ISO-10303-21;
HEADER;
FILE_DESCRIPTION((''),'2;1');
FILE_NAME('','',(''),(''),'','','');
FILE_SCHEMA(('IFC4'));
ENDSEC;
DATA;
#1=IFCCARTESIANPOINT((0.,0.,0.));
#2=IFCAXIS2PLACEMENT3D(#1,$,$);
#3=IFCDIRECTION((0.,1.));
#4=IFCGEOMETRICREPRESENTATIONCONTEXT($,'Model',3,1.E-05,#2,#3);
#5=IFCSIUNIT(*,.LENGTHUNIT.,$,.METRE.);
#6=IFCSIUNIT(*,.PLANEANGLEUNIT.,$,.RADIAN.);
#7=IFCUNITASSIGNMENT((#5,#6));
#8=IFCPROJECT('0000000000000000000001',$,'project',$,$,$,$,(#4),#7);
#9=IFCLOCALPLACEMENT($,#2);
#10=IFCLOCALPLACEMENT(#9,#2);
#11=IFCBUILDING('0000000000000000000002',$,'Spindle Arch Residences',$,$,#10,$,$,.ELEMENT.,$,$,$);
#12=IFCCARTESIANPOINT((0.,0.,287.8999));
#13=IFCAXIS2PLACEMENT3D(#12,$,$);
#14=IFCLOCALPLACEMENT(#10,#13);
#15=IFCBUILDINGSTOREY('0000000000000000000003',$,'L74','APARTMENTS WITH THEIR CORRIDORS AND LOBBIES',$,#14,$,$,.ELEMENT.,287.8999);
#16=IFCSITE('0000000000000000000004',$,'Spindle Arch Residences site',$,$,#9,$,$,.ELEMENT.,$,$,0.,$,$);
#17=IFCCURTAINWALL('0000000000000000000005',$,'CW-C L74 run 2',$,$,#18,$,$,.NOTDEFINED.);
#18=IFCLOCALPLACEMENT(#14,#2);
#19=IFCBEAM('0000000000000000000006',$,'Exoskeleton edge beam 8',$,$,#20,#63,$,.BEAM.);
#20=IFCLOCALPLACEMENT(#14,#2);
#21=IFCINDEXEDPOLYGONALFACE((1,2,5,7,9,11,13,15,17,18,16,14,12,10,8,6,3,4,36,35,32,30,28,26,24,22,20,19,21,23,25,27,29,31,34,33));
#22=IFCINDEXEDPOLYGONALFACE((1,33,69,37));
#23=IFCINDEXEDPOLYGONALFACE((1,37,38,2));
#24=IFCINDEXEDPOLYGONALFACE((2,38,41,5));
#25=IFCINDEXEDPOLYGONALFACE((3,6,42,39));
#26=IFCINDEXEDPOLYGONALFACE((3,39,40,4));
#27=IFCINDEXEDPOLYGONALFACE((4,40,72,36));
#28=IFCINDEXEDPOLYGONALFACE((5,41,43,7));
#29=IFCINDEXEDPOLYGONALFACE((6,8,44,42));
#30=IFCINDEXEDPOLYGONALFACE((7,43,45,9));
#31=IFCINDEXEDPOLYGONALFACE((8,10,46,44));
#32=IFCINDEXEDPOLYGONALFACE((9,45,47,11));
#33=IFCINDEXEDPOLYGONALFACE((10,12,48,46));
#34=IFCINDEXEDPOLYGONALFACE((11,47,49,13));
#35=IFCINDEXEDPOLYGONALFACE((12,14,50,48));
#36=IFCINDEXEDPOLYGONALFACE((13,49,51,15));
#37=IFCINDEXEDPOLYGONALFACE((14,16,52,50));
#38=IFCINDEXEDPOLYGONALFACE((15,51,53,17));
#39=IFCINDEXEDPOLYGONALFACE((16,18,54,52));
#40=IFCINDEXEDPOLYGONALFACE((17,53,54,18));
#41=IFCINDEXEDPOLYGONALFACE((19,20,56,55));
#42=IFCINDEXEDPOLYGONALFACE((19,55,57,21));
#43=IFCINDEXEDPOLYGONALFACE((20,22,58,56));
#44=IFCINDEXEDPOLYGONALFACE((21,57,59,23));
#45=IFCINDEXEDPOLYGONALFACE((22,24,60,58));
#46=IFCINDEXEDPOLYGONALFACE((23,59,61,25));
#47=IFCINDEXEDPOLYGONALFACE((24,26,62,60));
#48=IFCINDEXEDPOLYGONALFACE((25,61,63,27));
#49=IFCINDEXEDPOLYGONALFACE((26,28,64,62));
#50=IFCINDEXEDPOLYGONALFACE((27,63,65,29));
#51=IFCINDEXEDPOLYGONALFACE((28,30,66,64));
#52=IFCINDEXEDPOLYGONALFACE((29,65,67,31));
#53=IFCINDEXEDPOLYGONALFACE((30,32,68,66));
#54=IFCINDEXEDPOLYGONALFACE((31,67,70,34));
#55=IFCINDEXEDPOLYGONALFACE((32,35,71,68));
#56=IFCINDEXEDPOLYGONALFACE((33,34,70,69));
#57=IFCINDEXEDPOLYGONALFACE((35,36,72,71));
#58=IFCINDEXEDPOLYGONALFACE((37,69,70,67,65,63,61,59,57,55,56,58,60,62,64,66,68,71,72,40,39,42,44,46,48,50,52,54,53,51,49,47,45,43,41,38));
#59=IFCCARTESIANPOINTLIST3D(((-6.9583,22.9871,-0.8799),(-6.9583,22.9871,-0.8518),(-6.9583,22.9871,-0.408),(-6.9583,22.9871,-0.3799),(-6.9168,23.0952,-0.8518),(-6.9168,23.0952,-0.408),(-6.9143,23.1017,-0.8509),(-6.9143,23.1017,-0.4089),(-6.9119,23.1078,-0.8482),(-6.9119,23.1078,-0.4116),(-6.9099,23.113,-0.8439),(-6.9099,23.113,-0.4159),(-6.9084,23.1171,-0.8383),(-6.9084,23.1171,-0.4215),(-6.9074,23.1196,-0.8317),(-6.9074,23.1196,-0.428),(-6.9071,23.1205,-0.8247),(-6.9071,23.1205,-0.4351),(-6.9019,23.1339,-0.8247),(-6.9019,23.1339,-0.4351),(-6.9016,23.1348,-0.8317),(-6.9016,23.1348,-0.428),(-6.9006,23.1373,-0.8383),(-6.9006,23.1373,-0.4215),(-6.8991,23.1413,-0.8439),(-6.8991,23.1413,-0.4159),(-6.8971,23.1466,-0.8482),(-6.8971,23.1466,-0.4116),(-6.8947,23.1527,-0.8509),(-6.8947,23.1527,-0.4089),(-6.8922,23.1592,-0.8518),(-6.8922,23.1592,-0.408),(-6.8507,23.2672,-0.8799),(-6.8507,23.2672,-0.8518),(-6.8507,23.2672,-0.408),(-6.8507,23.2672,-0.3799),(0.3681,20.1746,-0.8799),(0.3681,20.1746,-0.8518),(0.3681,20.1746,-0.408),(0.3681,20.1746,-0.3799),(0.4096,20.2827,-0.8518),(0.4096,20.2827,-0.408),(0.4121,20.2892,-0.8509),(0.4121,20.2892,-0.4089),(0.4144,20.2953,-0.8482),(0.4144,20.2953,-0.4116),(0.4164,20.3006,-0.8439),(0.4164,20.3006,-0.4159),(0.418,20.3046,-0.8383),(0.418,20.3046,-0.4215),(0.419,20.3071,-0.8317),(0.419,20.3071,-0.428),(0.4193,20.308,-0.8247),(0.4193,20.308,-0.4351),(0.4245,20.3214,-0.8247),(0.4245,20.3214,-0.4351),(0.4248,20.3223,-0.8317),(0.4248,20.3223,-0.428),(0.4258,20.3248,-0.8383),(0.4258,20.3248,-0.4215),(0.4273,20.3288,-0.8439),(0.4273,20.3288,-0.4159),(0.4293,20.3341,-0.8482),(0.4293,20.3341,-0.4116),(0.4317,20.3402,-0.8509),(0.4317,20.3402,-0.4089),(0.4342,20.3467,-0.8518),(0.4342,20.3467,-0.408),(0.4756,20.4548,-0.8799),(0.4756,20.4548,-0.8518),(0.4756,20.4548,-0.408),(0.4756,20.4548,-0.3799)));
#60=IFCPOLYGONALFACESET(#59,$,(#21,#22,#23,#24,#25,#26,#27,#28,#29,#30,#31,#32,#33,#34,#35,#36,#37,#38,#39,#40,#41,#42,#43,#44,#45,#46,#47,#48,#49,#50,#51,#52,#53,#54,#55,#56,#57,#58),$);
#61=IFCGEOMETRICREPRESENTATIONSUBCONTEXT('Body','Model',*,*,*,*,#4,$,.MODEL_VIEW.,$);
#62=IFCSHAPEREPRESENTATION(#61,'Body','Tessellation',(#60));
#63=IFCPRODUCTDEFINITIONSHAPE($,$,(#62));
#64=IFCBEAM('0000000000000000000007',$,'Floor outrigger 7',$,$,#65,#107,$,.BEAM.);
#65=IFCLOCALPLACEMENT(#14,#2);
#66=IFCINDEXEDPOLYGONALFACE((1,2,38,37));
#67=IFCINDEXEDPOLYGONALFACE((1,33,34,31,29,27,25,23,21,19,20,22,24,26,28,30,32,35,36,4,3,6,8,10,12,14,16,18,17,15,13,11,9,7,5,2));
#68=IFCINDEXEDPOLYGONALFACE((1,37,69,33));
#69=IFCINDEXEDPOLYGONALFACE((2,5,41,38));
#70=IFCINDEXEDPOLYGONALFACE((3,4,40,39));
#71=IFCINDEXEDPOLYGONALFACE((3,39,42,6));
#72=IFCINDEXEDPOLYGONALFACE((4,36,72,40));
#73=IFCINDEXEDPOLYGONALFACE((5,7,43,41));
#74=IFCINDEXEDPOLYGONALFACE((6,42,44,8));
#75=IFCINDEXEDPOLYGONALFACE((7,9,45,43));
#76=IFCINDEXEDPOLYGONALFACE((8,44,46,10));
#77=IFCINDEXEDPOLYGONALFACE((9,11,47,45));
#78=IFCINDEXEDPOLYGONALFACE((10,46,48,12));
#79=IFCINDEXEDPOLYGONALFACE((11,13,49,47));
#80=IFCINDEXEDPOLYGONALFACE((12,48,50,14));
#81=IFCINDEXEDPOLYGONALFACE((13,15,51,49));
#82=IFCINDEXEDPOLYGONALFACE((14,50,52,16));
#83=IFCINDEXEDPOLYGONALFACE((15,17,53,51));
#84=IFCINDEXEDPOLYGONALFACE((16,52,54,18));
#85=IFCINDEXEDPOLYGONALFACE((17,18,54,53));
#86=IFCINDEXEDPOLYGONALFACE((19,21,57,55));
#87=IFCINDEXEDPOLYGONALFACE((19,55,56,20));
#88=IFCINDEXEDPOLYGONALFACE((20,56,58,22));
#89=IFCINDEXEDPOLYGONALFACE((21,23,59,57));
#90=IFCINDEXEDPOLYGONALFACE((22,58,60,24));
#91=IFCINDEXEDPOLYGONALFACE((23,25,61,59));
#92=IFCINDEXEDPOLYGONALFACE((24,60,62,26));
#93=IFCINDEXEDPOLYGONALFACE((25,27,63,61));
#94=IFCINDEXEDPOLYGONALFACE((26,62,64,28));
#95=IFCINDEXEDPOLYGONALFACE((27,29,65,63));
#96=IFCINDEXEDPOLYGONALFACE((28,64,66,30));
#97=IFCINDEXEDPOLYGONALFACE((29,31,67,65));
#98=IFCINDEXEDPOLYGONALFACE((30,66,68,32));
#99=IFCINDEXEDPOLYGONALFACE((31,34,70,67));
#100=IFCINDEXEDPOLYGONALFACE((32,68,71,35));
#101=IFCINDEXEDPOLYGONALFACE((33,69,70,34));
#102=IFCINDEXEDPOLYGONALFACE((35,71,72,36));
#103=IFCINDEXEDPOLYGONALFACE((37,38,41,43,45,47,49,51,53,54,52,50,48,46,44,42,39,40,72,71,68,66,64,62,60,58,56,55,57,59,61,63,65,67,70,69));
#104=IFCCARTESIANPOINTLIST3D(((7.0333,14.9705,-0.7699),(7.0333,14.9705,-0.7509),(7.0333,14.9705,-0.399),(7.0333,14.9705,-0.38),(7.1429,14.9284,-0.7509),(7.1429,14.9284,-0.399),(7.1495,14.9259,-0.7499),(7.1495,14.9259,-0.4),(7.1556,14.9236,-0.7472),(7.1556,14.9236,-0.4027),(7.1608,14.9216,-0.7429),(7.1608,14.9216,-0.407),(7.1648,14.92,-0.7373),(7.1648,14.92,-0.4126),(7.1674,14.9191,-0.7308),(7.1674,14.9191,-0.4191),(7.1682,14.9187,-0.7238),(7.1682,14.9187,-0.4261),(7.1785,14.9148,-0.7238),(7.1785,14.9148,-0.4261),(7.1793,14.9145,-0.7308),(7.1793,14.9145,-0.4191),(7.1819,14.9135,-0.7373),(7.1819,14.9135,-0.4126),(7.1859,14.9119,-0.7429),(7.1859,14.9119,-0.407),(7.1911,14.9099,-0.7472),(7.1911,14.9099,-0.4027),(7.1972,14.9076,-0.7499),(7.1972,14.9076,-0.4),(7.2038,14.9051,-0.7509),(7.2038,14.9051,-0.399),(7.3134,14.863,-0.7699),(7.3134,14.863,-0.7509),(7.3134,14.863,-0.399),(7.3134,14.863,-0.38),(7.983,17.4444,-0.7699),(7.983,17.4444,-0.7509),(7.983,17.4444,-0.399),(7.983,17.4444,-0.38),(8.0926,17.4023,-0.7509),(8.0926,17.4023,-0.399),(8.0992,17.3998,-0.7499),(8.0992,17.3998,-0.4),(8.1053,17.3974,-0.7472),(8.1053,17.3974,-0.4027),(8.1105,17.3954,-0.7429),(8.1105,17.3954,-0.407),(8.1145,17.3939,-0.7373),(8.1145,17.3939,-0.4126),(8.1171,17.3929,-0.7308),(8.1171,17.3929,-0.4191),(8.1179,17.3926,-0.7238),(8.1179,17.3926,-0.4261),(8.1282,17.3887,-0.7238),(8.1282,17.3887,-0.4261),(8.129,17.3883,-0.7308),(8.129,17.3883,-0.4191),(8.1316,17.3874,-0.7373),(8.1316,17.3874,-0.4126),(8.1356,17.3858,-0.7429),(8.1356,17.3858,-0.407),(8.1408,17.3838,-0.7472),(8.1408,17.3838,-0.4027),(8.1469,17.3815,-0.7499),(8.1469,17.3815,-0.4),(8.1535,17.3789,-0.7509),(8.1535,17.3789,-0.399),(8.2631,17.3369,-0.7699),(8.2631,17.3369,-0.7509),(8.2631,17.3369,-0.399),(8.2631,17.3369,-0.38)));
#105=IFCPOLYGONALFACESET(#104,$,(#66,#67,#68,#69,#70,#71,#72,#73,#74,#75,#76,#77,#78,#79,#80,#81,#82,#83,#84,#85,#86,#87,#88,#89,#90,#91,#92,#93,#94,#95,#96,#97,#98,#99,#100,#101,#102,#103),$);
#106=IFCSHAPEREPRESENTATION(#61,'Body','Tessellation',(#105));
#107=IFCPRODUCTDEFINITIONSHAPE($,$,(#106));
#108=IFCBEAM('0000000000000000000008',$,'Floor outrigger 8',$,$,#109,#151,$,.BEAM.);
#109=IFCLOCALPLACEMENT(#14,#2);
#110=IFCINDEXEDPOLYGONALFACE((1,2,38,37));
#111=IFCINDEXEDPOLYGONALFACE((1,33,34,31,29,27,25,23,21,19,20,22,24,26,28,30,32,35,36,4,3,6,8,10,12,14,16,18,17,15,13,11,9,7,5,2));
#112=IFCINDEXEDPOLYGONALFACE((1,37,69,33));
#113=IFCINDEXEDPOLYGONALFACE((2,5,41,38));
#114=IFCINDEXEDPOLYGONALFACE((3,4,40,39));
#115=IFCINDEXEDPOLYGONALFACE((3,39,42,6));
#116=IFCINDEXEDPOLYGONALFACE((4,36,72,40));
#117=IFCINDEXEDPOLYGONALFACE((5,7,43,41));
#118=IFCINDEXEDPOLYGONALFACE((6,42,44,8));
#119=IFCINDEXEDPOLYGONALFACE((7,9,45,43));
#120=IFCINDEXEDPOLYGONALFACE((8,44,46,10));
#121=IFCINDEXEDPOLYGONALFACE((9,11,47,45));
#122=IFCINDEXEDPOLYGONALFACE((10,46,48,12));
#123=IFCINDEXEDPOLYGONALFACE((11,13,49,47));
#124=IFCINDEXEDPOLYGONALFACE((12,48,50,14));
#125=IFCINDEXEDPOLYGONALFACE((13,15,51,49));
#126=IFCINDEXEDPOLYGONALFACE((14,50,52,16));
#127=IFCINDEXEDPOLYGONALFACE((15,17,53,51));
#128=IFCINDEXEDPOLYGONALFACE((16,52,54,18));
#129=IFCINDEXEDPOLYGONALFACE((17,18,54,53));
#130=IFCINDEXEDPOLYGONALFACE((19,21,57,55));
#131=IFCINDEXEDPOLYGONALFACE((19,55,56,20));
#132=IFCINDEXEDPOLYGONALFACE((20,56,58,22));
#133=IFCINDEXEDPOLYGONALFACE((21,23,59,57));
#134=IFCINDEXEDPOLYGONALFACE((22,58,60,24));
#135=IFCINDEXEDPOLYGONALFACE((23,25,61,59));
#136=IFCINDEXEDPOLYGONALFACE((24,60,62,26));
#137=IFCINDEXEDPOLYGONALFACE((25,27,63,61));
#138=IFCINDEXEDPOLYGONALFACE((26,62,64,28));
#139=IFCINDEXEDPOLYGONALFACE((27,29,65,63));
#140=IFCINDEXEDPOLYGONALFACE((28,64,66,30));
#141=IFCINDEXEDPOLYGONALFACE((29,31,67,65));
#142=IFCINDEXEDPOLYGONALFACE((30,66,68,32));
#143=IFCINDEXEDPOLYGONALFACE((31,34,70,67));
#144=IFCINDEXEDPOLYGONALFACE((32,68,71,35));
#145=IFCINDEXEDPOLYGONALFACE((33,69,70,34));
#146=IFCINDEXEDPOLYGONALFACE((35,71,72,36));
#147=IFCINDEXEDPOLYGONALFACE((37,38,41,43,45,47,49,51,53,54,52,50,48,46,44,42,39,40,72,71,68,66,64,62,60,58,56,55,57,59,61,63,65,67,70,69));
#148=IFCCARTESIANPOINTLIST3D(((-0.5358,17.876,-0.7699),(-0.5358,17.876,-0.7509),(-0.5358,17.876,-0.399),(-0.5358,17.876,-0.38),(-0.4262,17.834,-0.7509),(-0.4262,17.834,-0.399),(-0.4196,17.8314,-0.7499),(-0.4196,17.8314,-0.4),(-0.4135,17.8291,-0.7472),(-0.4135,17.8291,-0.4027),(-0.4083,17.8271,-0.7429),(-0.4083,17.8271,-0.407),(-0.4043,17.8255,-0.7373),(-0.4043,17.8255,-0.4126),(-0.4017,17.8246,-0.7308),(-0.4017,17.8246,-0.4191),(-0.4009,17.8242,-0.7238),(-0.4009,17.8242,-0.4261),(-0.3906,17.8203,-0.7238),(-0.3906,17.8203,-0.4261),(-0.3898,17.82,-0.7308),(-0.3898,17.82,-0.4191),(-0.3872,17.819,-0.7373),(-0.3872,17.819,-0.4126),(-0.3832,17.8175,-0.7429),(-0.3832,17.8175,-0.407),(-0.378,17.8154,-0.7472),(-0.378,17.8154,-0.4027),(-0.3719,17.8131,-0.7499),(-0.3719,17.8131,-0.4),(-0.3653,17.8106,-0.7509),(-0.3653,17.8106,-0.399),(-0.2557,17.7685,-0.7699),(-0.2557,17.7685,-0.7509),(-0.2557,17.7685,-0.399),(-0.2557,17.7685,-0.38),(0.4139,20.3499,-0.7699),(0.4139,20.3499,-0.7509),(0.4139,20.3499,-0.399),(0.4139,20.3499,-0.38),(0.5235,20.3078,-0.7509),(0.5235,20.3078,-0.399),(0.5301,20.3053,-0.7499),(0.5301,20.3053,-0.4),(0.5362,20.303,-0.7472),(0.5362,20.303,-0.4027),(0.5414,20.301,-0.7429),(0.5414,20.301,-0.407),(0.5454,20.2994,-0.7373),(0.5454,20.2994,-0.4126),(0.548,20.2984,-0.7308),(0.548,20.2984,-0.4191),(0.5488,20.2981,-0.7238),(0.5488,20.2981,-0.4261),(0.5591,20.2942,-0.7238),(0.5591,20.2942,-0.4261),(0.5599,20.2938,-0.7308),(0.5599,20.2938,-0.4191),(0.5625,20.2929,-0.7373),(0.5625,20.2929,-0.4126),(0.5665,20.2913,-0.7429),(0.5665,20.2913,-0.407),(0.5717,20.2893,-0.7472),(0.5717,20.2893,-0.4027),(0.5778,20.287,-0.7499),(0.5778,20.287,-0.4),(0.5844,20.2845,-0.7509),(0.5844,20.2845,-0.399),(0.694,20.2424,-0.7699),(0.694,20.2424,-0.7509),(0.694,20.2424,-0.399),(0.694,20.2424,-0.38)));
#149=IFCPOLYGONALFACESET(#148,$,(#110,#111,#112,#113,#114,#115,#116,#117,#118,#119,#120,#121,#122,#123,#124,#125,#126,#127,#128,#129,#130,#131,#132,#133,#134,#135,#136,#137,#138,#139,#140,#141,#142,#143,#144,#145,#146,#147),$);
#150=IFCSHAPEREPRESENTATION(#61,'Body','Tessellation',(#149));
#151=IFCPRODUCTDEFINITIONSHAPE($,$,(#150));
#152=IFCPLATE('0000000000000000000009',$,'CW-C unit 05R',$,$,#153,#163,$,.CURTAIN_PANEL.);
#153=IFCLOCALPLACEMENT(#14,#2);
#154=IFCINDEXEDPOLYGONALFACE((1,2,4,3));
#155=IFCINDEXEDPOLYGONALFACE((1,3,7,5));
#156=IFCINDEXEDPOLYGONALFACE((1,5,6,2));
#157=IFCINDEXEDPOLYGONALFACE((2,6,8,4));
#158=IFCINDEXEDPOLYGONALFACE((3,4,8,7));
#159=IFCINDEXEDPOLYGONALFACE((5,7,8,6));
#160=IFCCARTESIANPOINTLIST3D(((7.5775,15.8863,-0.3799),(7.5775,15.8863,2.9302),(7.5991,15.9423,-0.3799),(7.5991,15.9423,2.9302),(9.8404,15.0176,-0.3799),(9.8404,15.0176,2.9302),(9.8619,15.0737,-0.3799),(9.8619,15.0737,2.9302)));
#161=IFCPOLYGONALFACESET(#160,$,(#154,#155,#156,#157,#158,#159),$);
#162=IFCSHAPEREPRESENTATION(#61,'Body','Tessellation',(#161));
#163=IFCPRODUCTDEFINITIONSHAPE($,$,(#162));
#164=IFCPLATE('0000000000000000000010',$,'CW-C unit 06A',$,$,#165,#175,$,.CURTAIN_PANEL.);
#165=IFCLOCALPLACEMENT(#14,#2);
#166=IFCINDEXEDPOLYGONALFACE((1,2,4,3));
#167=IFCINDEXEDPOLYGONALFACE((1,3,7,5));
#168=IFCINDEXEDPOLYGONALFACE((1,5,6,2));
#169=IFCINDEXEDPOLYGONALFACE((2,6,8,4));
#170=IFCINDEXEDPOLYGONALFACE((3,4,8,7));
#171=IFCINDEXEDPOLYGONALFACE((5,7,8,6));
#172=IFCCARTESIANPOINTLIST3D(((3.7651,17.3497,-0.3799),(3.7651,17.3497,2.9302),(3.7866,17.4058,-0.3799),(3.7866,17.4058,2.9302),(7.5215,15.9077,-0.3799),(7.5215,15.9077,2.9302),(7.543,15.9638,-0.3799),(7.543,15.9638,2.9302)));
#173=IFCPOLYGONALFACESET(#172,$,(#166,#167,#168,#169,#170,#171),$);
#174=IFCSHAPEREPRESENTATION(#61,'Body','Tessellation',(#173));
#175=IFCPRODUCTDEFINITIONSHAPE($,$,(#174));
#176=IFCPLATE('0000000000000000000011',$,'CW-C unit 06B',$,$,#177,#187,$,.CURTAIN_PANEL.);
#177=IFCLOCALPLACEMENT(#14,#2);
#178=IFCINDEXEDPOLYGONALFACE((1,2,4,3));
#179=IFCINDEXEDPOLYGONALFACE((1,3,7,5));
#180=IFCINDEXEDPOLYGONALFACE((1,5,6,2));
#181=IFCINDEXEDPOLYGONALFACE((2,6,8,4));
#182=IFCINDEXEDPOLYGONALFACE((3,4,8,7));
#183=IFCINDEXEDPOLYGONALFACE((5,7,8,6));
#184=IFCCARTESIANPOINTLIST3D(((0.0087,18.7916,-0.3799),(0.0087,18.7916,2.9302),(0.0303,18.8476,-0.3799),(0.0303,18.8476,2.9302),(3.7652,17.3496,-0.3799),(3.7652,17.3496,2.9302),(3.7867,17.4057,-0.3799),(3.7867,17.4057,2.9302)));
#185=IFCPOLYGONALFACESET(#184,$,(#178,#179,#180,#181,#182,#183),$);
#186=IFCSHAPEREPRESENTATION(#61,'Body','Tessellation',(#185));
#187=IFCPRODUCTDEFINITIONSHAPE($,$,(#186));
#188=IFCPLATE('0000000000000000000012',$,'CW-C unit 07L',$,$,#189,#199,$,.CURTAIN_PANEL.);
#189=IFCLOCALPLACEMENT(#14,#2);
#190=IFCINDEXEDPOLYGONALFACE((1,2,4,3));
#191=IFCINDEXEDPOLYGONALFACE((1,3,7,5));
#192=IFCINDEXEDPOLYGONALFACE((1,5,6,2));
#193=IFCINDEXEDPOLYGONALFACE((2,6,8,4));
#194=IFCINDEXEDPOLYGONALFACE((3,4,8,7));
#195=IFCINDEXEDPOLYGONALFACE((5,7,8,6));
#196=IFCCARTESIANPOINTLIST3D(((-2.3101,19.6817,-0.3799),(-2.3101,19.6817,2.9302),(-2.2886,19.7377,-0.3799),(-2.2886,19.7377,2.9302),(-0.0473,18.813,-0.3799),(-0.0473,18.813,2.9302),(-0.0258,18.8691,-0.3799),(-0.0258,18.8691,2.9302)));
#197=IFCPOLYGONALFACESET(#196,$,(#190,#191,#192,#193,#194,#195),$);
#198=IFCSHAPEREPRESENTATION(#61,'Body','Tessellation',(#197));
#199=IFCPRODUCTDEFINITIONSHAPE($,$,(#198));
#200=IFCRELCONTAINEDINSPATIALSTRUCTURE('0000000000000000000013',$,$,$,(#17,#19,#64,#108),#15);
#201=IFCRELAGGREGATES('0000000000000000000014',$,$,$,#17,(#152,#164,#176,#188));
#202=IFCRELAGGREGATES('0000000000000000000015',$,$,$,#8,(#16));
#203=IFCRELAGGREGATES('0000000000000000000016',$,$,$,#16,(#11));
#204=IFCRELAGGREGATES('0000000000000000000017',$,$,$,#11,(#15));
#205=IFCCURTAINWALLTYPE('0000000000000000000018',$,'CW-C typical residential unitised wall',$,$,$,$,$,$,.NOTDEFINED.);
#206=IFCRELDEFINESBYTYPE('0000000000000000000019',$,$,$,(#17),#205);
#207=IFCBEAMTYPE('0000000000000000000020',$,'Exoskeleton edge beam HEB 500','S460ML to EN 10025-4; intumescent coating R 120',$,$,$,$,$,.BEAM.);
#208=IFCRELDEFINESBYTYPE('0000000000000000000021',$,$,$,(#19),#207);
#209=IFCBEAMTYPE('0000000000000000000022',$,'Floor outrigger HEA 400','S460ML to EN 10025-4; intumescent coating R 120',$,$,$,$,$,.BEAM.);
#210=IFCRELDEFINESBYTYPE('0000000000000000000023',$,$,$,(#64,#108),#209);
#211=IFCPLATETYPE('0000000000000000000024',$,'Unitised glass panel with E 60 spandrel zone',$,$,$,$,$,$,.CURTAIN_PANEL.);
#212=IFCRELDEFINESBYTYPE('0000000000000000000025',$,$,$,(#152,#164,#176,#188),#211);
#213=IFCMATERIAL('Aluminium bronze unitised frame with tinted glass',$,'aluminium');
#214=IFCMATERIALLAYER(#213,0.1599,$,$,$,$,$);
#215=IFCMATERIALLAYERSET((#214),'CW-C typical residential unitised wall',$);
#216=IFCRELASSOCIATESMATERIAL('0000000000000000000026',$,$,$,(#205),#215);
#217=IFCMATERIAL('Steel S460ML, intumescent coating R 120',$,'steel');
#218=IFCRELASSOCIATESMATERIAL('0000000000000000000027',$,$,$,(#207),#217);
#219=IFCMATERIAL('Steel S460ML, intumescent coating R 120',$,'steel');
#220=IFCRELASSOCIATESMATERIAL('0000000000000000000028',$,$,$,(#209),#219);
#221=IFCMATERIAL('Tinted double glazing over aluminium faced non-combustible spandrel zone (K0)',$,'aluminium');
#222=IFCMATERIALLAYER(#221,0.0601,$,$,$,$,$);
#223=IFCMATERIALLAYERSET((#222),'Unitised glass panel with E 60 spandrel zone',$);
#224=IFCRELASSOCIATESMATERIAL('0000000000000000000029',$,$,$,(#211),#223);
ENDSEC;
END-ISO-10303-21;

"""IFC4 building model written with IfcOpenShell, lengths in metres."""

from ifc_helpers import new_model, si_unit, direction, frame, origin, origin_2d, place, context, subcontext, project, spatial, rectangle, i_section, extrude, material, layer, layer_set, material_profile, profile_set, type_object, element, aggregate, save


model = new_model("IFC4")

# Units and contexts
model_context = context("Model", 3, precision=1e-05, world=origin(), true_north=direction((0.0, 1.0)))
body_context = subcontext(model_context, "Body", "Model", "MODEL_VIEW")
ifc_project = project(units=[si_unit("LENGTHUNIT", "METRE"), si_unit("PLANEANGLEUNIT", "RADIAN")], contexts=[model_context])

# Site, building, storey
site_placement = place(None, origin())
site = spatial("IfcSite", under=ifc_project, at=site_placement, Name="Spindle Arch Residences site", CompositionType="ELEMENT", RefElevation=0.0)
building_placement = place(site_placement, origin())
building = spatial("IfcBuilding", under=site, at=building_placement, Name="Spindle Arch Residences", CompositionType="ELEMENT")
storey_placement = place(building_placement, frame((0.0, 0.0, 287.8999)))
storey = spatial("IfcBuildingStorey", under=building, at=storey_placement, Name="L74", Description="APARTMENTS WITH THEIR CORRIDORS AND LOBBIES", CompositionType="ELEMENT", Elevation=287.8999)

# Curtain wall
ifc_material_1 = material(Name="Aluminium bronze unitised frame with tinted glass", Category="aluminium")
ifc_layer_1 = layer(ifc_material_1, 0.1599)
ifc_layer_set_1 = layer_set([ifc_layer_1], Name="CW-C typical residential unitised wall")
curtain_wall_type = type_object("IfcCurtainWallType", Name="CW-C typical residential unitised wall", PredefinedType="NOTDEFINED", material=ifc_layer_set_1)
curtain_wall_placement = place(storey_placement, origin())
curtain_wall = element("IfcCurtainWall", 1, at=curtain_wall_placement, inside=storey, type_object=curtain_wall_type, Name="CW-C L74 run 2", PredefinedType="NOTDEFINED")

# Beams
ifc_material_2 = material(Name="Steel S460ML, intumescent coating R 120", Category="steel")
ifc_material_profile_1 = material_profile(ifc_material_2, i_section(OverallWidth=0.3, OverallDepth=0.5, WebThickness=0.0144, FlangeThickness=0.0281, FilletRadius=0.0271, at=origin_2d()), Name="HEB 500")
ifc_profile_set_1 = profile_set([ifc_material_profile_1], Name="Steel S460ML, intumescent coating R 120")
beam_type_1 = type_object("IfcBeamType", Name="Exoskeleton edge beam HEB 500", Description="S460ML to EN 10025-4; intumescent coating R 120", PredefinedType="BEAM", material=ifc_profile_set_1)
for number, where, z_axis, x_axis, name in (
    (2, (0.4219, 20.3147, -0.6299), (-0.933574, 0.358385, 0.0), (-0.358385, -0.933574, 0.0), "Exoskeleton edge beam 8"),
):
    element("IfcBeam", number, at=place(storey_placement, frame(where, z_axis=z_axis, x_axis=x_axis)), inside=storey, type_object=beam_type_1, Name=name, PredefinedType="BEAM", context=body_context, shape_type="SweptSolid", body=[
        extrude(i_section(OverallWidth=0.3, OverallDepth=0.5, WebThickness=0.0144, FlangeThickness=0.0281, FilletRadius=0.0271, at=origin_2d()), origin(), (0.0, 0.0, 1.0), 7.8477),
    ])
ifc_material_3 = material(Name="Steel S460ML, intumescent coating R 120", Category="steel")
ifc_material_profile_2 = material_profile(ifc_material_3, i_section(OverallWidth=0.3, OverallDepth=0.3899, WebThickness=0.011, FlangeThickness=0.019, FilletRadius=0.0271, at=origin_2d()), Name="HEA 400")
ifc_profile_set_2 = profile_set([ifc_material_profile_2], Name="Steel S460ML, intumescent coating R 120")
beam_type_2 = type_object("IfcBeamType", Name="Floor outrigger HEA 400", Description="S460ML to EN 10025-4; intumescent coating R 120", PredefinedType="BEAM", material=ifc_profile_set_2)
for number, where, z_axis, x_axis, name in (
    (3, (8.123, 17.3906, -0.575), (-0.358392, -0.933571, 0.0), (0.933571, -0.358392, 0.0), "Floor outrigger 7"),
    (4, (0.554, 20.2961, -0.575), (-0.358392, -0.933571, 0.0), (0.933571, -0.358392, 0.0), "Floor outrigger 8"),
):
    element("IfcBeam", number, at=place(storey_placement, frame(where, z_axis=z_axis, x_axis=x_axis)), inside=storey, type_object=beam_type_2, Name=name, PredefinedType="BEAM", context=body_context, shape_type="SweptSolid", body=[
        extrude(i_section(OverallWidth=0.3, OverallDepth=0.3899, WebThickness=0.011, FlangeThickness=0.019, FilletRadius=0.0271, at=origin_2d()), origin(), (0.0, 0.0, 1.0), 2.6499),
    ])

# Plates
ifc_material_4 = material(Name="Tinted double glazing over aluminium faced non-combustible spandrel zone (K0)", Category="aluminium")
ifc_layer_2 = layer(ifc_material_4, 0.0601)
ifc_layer_set_2 = layer_set([ifc_layer_2], Name="Unitised glass panel with E 60 spandrel zone")
plate_type = type_object("IfcPlateType", Name="Unitised glass panel with E 60 spandrel zone", PredefinedType="CURTAIN_PANEL", material=ifc_layer_set_2)
plate_1_placement = place(storey_placement, frame((8.7197, 15.48, -0.3799), z_axis=(0.0, 0.0, 1.0), x_axis=(-0.93358, 0.358368, 0.0)))
plate_1 = element("IfcPlate", 5, at=plate_1_placement, type_object=plate_type, Name="CW-C unit 05R", PredefinedType="CURTAIN_PANEL", context=body_context, shape_type="SweptSolid", body=[
    extrude(rectangle(XDim=2.4238, YDim=0.0601, at=origin_2d()), origin(), (0.0, 0.0, 1.0), 3.3101),
])
plate_2_placement = place(storey_placement, frame((5.6541, 16.6567, -0.3799), z_axis=(0.0, 0.0, 1.0), x_axis=(-0.93358, 0.358368, 0.0)))
plate_2 = element("IfcPlate", 6, at=plate_2_placement, type_object=plate_type, Name="CW-C unit 06A", PredefinedType="CURTAIN_PANEL", context=body_context, shape_type="SweptSolid", body=[
    extrude(rectangle(XDim=4.0237, YDim=0.0601, at=origin_2d()), origin(), (0.0, 0.0, 1.0), 3.3101),
])
plate_3_placement = place(storey_placement, frame((1.8977, 18.0986, -0.3799), z_axis=(0.0, 0.0, 1.0), x_axis=(-0.93358, 0.358368, 0.0)))
plate_3 = element("IfcPlate", 7, at=plate_3_placement, type_object=plate_type, Name="CW-C unit 06B", PredefinedType="CURTAIN_PANEL", context=body_context, shape_type="SweptSolid", body=[
    extrude(rectangle(XDim=4.0237, YDim=0.0601, at=origin_2d()), origin(), (0.0, 0.0, 1.0), 3.3101),
])
plate_4_placement = place(storey_placement, frame((-1.168, 19.2754, -0.3799), z_axis=(0.0, 0.0, 1.0), x_axis=(-0.93358, 0.358368, 0.0)))
plate_4 = element("IfcPlate", 8, at=plate_4_placement, type_object=plate_type, Name="CW-C unit 07L", PredefinedType="CURTAIN_PANEL", context=body_context, shape_type="SweptSolid", body=[
    extrude(rectangle(XDim=2.4238, YDim=0.0601, at=origin_2d()), origin(), (0.0, 0.0, 1.0), 3.3101),
])
aggregate(curtain_wall, [plate_1, plate_2, plate_3, plate_4])

save(model, "model.ifc")
